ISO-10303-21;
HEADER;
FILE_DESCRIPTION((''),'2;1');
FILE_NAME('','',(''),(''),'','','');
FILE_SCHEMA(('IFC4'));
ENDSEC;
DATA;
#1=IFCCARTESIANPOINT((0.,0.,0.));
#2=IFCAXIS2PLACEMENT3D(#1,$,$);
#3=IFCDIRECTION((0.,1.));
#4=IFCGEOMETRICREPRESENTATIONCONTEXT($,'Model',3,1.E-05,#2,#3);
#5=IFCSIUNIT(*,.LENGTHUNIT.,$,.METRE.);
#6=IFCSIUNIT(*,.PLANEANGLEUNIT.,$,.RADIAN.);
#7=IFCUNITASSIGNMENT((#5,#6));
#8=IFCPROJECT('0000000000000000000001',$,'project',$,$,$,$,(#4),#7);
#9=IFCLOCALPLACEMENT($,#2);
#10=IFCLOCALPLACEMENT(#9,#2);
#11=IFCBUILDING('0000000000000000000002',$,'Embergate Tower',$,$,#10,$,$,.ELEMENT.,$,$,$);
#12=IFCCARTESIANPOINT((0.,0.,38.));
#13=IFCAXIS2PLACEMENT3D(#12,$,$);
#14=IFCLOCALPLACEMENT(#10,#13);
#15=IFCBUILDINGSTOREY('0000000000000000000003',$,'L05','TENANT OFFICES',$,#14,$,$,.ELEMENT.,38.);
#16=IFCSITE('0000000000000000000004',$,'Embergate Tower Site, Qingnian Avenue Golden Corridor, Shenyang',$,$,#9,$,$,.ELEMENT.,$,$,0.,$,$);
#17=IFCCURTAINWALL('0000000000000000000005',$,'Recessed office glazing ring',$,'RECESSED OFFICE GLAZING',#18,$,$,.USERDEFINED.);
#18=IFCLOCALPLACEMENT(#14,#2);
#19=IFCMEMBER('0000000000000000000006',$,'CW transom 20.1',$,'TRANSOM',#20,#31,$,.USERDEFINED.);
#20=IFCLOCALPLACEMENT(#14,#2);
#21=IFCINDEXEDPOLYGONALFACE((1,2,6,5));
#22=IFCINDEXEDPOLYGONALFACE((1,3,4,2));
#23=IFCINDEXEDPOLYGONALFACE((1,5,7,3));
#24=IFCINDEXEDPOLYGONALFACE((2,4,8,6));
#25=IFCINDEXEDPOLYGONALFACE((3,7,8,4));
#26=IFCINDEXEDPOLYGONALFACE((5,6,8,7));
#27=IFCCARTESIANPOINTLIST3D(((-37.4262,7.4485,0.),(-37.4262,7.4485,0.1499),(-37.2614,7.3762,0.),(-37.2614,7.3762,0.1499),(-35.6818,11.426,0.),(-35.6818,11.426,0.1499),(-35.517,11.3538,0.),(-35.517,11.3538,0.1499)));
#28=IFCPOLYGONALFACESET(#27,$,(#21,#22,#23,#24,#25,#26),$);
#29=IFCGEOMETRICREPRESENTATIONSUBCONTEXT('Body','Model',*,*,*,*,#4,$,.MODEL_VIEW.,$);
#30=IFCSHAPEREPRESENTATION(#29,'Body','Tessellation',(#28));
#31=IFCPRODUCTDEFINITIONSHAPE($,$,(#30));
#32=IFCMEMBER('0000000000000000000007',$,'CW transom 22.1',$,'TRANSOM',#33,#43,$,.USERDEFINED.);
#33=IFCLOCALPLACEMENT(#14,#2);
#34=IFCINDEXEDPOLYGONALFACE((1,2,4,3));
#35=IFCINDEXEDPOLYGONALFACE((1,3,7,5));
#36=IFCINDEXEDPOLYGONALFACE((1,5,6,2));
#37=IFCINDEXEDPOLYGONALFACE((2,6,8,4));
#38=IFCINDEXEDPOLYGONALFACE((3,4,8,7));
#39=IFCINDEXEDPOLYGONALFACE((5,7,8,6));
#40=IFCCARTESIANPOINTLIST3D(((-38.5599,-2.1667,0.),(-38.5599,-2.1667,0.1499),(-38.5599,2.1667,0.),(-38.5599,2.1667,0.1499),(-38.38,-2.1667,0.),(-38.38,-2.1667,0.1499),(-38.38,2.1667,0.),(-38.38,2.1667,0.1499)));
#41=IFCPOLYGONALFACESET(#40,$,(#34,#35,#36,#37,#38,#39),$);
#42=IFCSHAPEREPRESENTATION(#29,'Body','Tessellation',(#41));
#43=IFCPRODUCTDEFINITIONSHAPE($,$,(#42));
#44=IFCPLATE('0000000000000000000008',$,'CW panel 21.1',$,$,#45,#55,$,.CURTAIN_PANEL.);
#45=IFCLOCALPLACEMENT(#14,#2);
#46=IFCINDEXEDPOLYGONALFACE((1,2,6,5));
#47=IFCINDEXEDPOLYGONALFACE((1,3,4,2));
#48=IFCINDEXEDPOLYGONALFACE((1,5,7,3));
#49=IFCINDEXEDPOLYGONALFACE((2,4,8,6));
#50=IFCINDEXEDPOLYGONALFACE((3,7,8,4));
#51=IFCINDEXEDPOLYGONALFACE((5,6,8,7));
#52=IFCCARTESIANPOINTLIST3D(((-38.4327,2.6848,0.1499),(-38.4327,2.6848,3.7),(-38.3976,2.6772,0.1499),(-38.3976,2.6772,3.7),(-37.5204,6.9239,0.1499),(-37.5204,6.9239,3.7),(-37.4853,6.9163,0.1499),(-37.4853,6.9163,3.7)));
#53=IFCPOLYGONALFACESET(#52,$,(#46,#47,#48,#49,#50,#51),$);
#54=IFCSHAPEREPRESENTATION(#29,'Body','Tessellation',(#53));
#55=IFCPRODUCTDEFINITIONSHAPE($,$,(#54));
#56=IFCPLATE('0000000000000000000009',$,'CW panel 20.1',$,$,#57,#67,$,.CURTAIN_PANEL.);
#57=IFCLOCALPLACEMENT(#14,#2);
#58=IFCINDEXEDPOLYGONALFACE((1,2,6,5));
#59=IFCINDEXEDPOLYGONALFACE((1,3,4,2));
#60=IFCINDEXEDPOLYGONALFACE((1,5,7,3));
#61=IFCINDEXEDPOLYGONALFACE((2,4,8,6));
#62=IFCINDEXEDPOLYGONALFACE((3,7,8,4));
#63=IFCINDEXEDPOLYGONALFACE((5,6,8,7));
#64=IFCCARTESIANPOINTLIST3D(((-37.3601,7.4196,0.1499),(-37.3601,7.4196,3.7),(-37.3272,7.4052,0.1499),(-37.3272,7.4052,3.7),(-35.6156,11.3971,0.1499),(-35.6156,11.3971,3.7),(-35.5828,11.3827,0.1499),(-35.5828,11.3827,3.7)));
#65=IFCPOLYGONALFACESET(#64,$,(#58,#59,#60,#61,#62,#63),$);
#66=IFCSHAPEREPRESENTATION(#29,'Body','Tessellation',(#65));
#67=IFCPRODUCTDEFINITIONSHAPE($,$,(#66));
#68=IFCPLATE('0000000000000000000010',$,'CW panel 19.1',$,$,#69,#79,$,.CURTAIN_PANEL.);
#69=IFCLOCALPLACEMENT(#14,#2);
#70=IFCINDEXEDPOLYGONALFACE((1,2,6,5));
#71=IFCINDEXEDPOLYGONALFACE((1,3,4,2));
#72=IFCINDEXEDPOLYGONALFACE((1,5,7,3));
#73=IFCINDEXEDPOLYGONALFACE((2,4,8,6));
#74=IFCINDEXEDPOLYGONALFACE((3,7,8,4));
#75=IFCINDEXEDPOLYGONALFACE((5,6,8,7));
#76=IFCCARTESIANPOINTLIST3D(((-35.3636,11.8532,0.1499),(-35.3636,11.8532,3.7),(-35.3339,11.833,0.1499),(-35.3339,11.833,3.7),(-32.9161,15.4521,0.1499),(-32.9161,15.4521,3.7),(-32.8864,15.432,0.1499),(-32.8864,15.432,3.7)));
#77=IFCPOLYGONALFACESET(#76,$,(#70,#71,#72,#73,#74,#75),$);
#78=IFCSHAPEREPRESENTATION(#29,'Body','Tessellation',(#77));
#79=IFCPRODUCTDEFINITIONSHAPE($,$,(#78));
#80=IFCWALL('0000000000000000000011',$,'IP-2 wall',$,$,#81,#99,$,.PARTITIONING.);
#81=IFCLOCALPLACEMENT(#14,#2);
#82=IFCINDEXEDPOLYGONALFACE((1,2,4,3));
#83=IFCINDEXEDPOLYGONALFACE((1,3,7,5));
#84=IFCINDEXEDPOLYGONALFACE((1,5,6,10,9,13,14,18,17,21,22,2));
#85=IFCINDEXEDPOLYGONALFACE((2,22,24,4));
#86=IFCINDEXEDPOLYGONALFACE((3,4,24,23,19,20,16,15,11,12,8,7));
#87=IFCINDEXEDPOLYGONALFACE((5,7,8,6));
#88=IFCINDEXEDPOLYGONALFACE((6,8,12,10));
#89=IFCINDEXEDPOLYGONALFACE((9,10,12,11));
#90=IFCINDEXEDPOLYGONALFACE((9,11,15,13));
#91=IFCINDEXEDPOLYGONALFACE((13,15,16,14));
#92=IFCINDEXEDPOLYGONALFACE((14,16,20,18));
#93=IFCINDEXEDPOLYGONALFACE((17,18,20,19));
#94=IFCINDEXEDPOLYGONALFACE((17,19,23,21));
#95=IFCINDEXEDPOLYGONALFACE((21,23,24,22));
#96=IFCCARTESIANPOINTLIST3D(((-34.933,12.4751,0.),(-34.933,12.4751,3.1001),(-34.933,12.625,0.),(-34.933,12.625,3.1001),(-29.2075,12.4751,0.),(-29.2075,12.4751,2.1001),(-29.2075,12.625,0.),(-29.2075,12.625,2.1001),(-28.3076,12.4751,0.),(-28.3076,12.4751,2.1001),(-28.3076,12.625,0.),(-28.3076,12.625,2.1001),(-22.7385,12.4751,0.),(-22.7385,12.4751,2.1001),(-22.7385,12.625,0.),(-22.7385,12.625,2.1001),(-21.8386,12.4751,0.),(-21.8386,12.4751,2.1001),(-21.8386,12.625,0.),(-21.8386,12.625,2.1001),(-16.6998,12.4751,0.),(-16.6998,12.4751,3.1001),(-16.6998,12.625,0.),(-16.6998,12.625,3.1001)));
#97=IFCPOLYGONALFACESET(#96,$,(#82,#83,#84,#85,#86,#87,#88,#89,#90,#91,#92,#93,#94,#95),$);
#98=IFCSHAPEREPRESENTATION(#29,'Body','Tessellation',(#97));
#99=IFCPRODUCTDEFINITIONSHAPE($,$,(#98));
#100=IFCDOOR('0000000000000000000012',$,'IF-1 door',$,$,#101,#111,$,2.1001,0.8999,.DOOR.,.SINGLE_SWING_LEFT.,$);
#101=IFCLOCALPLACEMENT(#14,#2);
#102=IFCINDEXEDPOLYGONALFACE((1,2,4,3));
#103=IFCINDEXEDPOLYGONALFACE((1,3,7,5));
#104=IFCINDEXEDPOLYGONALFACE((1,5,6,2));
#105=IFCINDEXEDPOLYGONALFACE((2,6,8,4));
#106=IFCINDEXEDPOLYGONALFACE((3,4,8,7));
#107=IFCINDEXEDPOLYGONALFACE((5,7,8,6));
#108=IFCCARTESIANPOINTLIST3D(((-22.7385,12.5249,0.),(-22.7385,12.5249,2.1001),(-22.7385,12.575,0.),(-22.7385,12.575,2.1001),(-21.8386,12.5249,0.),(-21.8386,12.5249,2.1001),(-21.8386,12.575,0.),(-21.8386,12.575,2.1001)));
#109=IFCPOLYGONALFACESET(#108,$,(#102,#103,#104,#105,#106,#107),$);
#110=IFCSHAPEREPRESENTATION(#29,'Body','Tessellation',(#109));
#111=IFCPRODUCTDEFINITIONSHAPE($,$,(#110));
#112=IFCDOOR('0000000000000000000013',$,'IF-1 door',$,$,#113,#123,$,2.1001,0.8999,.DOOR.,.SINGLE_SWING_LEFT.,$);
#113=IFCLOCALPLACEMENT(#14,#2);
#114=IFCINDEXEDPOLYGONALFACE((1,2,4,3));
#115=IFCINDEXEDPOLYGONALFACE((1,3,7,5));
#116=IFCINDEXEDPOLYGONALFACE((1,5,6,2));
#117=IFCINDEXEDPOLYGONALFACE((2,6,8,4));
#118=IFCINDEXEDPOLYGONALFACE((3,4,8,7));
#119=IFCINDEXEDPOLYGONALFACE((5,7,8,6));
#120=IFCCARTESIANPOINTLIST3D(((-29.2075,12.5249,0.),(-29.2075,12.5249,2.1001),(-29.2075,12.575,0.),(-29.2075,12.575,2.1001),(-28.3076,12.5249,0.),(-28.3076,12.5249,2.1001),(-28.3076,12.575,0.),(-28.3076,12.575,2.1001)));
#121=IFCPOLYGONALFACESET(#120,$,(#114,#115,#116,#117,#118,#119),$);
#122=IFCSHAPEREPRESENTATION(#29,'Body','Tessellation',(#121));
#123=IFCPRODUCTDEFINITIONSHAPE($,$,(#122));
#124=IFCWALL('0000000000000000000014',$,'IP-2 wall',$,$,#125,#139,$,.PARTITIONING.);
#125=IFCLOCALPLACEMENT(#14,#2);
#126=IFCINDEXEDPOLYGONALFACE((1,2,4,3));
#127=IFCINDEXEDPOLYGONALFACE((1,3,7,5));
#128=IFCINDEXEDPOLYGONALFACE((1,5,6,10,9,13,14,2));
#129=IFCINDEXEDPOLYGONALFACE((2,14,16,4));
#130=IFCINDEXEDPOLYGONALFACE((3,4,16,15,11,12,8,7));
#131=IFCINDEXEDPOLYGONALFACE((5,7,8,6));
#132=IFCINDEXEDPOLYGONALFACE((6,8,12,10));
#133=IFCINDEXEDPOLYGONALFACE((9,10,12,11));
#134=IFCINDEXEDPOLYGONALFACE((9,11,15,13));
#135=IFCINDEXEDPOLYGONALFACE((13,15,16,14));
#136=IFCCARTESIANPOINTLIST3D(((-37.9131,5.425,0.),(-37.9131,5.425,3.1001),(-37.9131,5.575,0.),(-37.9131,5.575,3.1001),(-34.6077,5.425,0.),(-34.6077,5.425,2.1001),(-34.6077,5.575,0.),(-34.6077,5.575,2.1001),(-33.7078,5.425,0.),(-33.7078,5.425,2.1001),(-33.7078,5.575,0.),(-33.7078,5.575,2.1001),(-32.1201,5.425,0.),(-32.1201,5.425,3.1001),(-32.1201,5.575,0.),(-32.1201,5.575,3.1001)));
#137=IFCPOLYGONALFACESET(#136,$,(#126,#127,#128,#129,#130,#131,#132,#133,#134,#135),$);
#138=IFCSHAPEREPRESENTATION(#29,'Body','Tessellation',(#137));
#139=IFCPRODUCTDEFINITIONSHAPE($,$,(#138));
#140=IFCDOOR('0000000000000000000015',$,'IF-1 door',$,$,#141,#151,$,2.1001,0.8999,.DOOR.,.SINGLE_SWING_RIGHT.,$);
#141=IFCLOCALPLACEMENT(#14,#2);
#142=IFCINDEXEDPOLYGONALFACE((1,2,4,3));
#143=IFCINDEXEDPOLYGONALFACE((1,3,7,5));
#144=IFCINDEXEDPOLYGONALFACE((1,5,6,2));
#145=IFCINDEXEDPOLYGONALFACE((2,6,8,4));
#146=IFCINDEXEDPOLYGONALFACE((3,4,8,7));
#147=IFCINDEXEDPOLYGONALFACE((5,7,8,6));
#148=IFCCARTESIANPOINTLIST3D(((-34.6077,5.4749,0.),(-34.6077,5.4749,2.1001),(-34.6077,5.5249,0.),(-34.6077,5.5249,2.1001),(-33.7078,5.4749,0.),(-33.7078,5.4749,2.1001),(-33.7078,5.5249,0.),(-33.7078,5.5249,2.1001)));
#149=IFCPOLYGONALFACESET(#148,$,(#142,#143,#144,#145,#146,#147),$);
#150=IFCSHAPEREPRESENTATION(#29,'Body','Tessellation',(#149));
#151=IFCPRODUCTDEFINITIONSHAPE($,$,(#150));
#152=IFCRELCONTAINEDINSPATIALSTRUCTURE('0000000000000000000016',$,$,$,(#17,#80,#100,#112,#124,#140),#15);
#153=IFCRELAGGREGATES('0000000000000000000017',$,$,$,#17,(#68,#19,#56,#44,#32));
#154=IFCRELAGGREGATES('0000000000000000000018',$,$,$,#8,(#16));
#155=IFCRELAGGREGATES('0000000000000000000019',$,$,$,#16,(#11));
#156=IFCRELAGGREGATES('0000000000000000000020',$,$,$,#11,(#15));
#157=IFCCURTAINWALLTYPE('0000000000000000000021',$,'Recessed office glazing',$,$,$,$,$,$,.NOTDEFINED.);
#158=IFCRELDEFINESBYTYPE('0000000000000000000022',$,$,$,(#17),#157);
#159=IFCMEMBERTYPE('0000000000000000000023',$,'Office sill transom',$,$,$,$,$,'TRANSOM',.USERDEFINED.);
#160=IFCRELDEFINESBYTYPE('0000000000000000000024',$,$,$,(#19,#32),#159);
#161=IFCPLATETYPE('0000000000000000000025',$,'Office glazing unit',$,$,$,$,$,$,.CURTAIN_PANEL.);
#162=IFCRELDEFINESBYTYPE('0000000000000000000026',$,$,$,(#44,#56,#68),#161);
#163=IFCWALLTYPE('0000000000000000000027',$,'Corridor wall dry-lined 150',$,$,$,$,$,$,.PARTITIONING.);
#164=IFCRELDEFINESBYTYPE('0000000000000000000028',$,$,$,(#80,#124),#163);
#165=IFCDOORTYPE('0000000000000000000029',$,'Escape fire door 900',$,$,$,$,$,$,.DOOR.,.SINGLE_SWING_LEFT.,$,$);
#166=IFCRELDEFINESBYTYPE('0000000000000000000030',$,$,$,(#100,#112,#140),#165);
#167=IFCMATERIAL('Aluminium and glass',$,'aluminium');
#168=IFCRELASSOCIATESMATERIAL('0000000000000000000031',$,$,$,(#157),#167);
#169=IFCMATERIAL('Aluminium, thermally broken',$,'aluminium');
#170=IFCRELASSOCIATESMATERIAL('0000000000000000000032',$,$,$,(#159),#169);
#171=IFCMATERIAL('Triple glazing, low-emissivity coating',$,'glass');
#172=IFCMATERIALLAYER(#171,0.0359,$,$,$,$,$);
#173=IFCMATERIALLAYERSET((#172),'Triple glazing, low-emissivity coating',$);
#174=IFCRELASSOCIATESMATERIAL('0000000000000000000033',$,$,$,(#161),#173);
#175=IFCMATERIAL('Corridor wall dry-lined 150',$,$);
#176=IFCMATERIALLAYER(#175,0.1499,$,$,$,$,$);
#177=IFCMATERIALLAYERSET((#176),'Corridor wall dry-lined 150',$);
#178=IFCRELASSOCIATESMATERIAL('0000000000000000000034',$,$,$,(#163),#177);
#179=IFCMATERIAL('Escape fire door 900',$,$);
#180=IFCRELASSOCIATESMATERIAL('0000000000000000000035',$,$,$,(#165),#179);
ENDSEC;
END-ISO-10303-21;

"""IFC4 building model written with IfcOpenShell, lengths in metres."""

from ifc_helpers import new_model, si_unit, direction, frame, frame_2d, origin, origin_2d, place, context, subcontext, project, spatial, rectangle, extrude, source, transform, mapped, material, layer, layer_set, material_profile, profile_set, type_object, element, fill, aggregate, save


model = new_model("IFC4")

# Units and contexts
model_context = context("Model", 3, precision=1e-05, world=origin(), true_north=direction((0.0, 1.0)))
body_context = subcontext(model_context, "Body", "Model", "MODEL_VIEW")
ifc_project = project(units=[si_unit("LENGTHUNIT", "METRE"), si_unit("PLANEANGLEUNIT", "RADIAN")], contexts=[model_context])

# Site, building, storey
site_placement = place(None, origin())
site = spatial("IfcSite", under=ifc_project, at=site_placement, Name="Embergate Tower Site, Qingnian Avenue Golden Corridor, Shenyang", CompositionType="ELEMENT", RefElevation=0.0)
building_placement = place(site_placement, origin())
building = spatial("IfcBuilding", under=site, at=building_placement, Name="Embergate Tower", CompositionType="ELEMENT")
storey_placement = place(building_placement, frame((0.0, 0.0, 38.0)))
storey = spatial("IfcBuildingStorey", under=building, at=storey_placement, Name="L05", Description="TENANT OFFICES", CompositionType="ELEMENT", Elevation=38.0)

# Curtain wall, members, plates
ifc_material_1 = material(Name="Aluminium and glass", Category="aluminium")
curtain_wall_type = type_object("IfcCurtainWallType", Name="Recessed office glazing", PredefinedType="NOTDEFINED", material=ifc_material_1)
curtain_wall_placement = place(storey_placement, origin())
curtain_wall = element("IfcCurtainWall", 1, at=curtain_wall_placement, inside=storey, type_object=curtain_wall_type, Name="Recessed office glazing ring", ObjectType="RECESSED OFFICE GLAZING", PredefinedType="USERDEFINED")
ifc_material_2 = material(Name="Aluminium, thermally broken", Category="aluminium")
ifc_material_profile_1 = material_profile(ifc_material_2, rectangle(XDim=0.1799, YDim=0.1499, at=origin_2d()), Name="AL 150x180")
ifc_profile_set_1 = profile_set([ifc_material_profile_1], Name="Aluminium, thermally broken")
member_type_1 = type_object("IfcMemberType", Name="Office sill transom", ElementType="TRANSOM", PredefinedType="USERDEFINED", material=ifc_profile_set_1)
shared_shape_1 = source(origin(), body_context, "Body", "SweptSolid", [
    extrude(rectangle(XDim=0.1799, YDim=0.1499, at=origin_2d()), origin(), (0.0, 0.0, 1.0), 4.3433),
])
member_1_placement = place(storey_placement, frame((-35.5994, 11.3899, 0.075), z_axis=(-0.401633, -0.915801, 0.0), x_axis=(0.915801, -0.401633, 0.0)))
member_1 = element("IfcMember", 2, at=member_1_placement, type_object=member_type_1, Name="CW transom 20.1", ObjectType="TRANSOM", PredefinedType="USERDEFINED", context=body_context, shape_type="MappedRepresentation", body=[
    mapped(shared_shape_1, transform((0.0, 0.0, 0.0))),
])
shared_shape_2 = source(origin(), body_context, "Body", "SweptSolid", [
    extrude(rectangle(XDim=0.1799, YDim=0.1499, at=origin_2d()), origin(), (0.0, 0.0, 1.0), 4.3335),
])
member_2_placement = place(storey_placement, frame((-38.47, 2.1667, 0.075), z_axis=(0.0, -1.0, 0.0), x_axis=(1.0, 0.0, 0.0)))
member_2 = element("IfcMember", 3, at=member_2_placement, type_object=member_type_1, Name="CW transom 22.1", ObjectType="TRANSOM", PredefinedType="USERDEFINED", context=body_context, shape_type="MappedRepresentation", body=[
    mapped(shared_shape_2, transform((0.0, 0.0, 0.0))),
])
ifc_material_3 = material(Name="Triple glazing, low-emissivity coating", Category="glass")
ifc_layer_1 = layer(ifc_material_3, 0.0359)
ifc_layer_set_1 = layer_set([ifc_layer_1], Name="Triple glazing, low-emissivity coating")
plate_type = type_object("IfcPlateType", Name="Office glazing unit", PredefinedType="CURTAIN_PANEL", material=ifc_layer_set_1)
shared_shape_3 = source(origin(), body_context, "Body", "SweptSolid", [
    extrude(rectangle(XDim=4.3362, YDim=0.0359, at=origin_2d()), origin(), (0.0, 0.0, 1.0), 3.55),
])
plate_1_placement = place(storey_placement, frame((-37.959, 4.8005, 0.1499), z_axis=(0.0, 0.0, 1.0), x_axis=(-0.210398, -0.977616, 0.0)))
plate_1 = element("IfcPlate", 4, at=plate_1_placement, type_object=plate_type, Name="CW panel 21.1", PredefinedType="CURTAIN_PANEL", context=body_context, shape_type="MappedRepresentation", body=[
    mapped(shared_shape_3, transform((0.0, 0.0, 0.0))),
])
shared_shape_4 = source(origin(), body_context, "Body", "SweptSolid", [
    extrude(rectangle(XDim=4.3433, YDim=0.0359, at=origin_2d()), origin(), (0.0, 0.0, 1.0), 3.55),
])
plate_2_placement = place(storey_placement, frame((-36.4714, 9.4011, 0.1499), z_axis=(0.0, 0.0, 1.0), x_axis=(-0.401654, -0.915792, 0.0)))
plate_2 = element("IfcPlate", 5, at=plate_2_placement, type_object=plate_type, Name="CW panel 20.1", PredefinedType="CURTAIN_PANEL", context=body_context, shape_type="MappedRepresentation", body=[
    mapped(shared_shape_4, transform((0.0, 0.0, 0.0))),
])
shared_shape_5 = source(origin(), body_context, "Body", "SweptSolid", [
    extrude(rectangle(XDim=4.3523, YDim=0.0359, at=origin_2d()), origin(), (0.0, 0.0, 1.0), 3.55),
])
plate_3_placement = place(storey_placement, frame((-34.125, 13.6426, 0.1499), z_axis=(0.0, 0.0, 1.0), x_axis=(-0.562345, -0.826903, 0.0)))
plate_3 = element("IfcPlate", 6, at=plate_3_placement, type_object=plate_type, Name="CW panel 19.1", PredefinedType="CURTAIN_PANEL", context=body_context, shape_type="MappedRepresentation", body=[
    mapped(shared_shape_5, transform((0.0, 0.0, 0.0))),
])
aggregate(curtain_wall, [plate_3, member_1, plate_2, plate_1, member_2])

# Wall, openings, doors
ifc_material_4 = material(Name="Corridor wall dry-lined 150")
ifc_layer_2 = layer(ifc_material_4, 0.1499)
ifc_layer_set_2 = layer_set([ifc_layer_2], Name="Corridor wall dry-lined 150")
wall_type_1 = type_object("IfcWallType", Name="Corridor wall dry-lined 150", PredefinedType="PARTITIONING", material=ifc_layer_set_2)
shared_shape_6 = source(origin(), body_context, "Body", "SweptSolid", [
    extrude(rectangle(XDim=18.2332, YDim=0.1499, at=frame_2d((9.1167, 0.0))), origin(), (0.0, 0.0, 1.0), 3.1001),
])
wall_1_placement = place(storey_placement, frame((-34.9331, 12.55, 0.0), z_axis=(0.0, 0.0, 1.0), x_axis=(1.0, 0.0, 0.0)))
wall_1 = element("IfcWall", 7, at=wall_1_placement, inside=storey, type_object=wall_type_1, Name="IP-2 wall", PredefinedType="PARTITIONING", context=body_context, shape_type="MappedRepresentation", body=[
    mapped(shared_shape_6, transform((0.0, 0.0, 0.0))),
])
shared_shape_7 = source(origin(), body_context, "Body", "SweptSolid", [
    extrude(rectangle(XDim=0.8999, YDim=2.1001, at=frame_2d((0.45, 1.05))), frame((0.0, 0.085, 0.0), z_axis=(0.0, -1.0, 0.0), x_axis=(1.0, 0.0, 0.0)), (0.0, 0.0, 1.0), 0.1699),
])
opening_1_placement = place(wall_1_placement, frame((12.1946, 0.0, 0.0)))
opening_1 = element("IfcOpeningElement", 8, at=opening_1_placement, cuts=wall_1, PredefinedType="OPENING", context=body_context, shape_type="MappedRepresentation", body=[
    mapped(shared_shape_7, transform((0.0, 0.0, 0.0))),
])
opening_2_placement = place(wall_1_placement, frame((5.7256, 0.0, 0.0)))
opening_2 = element("IfcOpeningElement", 9, at=opening_2_placement, cuts=wall_1, PredefinedType="OPENING", context=body_context, shape_type="MappedRepresentation", body=[
    mapped(shared_shape_7, transform((0.0, 0.0, 0.0))),
])
ifc_material_5 = material(Name="Escape fire door 900")
door_type_1 = type_object("IfcDoorType", Name="Escape fire door 900", OperationType="SINGLE_SWING_LEFT", PredefinedType="DOOR", material=ifc_material_5)
shared_shape_8 = source(origin(), body_context, "Body", "SweptSolid", [
    extrude(rectangle(XDim=0.8999, YDim=2.1001, at=frame_2d((0.45, 1.05))), frame((0.0, 0.0249, 0.0), z_axis=(0.0, -1.0, 0.0), x_axis=(1.0, 0.0, 0.0)), (0.0, 0.0, 1.0), 0.05),
])
door_1_placement = place(opening_1_placement, origin())
door_1 = element("IfcDoor", 10, at=door_1_placement, inside=storey, type_object=door_type_1, Name="IF-1 door", OperationType="SINGLE_SWING_LEFT", OverallHeight=2.1001, OverallWidth=0.8999, PredefinedType="DOOR", context=body_context, shape_type="MappedRepresentation", body=[
    mapped(shared_shape_8, transform((0.0, 0.0, 0.0))),
])
fill(opening_1, door_1)
door_2_placement = place(opening_2_placement, origin())
door_2 = element("IfcDoor", 11, at=door_2_placement, inside=storey, type_object=door_type_1, Name="IF-1 door", OperationType="SINGLE_SWING_LEFT", OverallHeight=2.1001, OverallWidth=0.8999, PredefinedType="DOOR", context=body_context, shape_type="MappedRepresentation", body=[
    mapped(shared_shape_8, transform((0.0, 0.0, 0.0))),
])
fill(opening_2, door_2)

# Wall, opening, door
shared_shape_9 = source(origin(), body_context, "Body", "SweptSolid", [
    extrude(rectangle(XDim=5.793, YDim=0.1499, at=frame_2d((2.8965, 0.0))), origin(), (0.0, 0.0, 1.0), 3.1001),
])
wall_2_placement = place(storey_placement, frame((-37.9131, 5.5, 0.0), z_axis=(0.0, 0.0, 1.0), x_axis=(1.0, 0.0, 0.0)))
wall_2 = element("IfcWall", 12, at=wall_2_placement, inside=storey, type_object=wall_type_1, Name="IP-2 wall", PredefinedType="PARTITIONING", context=body_context, shape_type="MappedRepresentation", body=[
    mapped(shared_shape_9, transform((0.0, 0.0, 0.0))),
])
opening_3_placement = place(wall_2_placement, frame((3.3054, 0.0, 0.0)))
opening_3 = element("IfcOpeningElement", 13, at=opening_3_placement, cuts=wall_2, PredefinedType="OPENING", context=body_context, shape_type="MappedRepresentation", body=[
    mapped(shared_shape_7, transform((0.0, 0.0, 0.0))),
])
door_3_placement = place(opening_3_placement, origin())
door_3 = element("IfcDoor", 14, at=door_3_placement, inside=storey, type_object=door_type_1, Name="IF-1 door", OperationType="SINGLE_SWING_RIGHT", OverallHeight=2.1001, OverallWidth=0.8999, PredefinedType="DOOR", context=body_context, shape_type="MappedRepresentation", body=[
    mapped(shared_shape_8, transform((0.0, 0.0, 0.0))),
])
fill(opening_3, door_3)

save(model, "model.ifc")
